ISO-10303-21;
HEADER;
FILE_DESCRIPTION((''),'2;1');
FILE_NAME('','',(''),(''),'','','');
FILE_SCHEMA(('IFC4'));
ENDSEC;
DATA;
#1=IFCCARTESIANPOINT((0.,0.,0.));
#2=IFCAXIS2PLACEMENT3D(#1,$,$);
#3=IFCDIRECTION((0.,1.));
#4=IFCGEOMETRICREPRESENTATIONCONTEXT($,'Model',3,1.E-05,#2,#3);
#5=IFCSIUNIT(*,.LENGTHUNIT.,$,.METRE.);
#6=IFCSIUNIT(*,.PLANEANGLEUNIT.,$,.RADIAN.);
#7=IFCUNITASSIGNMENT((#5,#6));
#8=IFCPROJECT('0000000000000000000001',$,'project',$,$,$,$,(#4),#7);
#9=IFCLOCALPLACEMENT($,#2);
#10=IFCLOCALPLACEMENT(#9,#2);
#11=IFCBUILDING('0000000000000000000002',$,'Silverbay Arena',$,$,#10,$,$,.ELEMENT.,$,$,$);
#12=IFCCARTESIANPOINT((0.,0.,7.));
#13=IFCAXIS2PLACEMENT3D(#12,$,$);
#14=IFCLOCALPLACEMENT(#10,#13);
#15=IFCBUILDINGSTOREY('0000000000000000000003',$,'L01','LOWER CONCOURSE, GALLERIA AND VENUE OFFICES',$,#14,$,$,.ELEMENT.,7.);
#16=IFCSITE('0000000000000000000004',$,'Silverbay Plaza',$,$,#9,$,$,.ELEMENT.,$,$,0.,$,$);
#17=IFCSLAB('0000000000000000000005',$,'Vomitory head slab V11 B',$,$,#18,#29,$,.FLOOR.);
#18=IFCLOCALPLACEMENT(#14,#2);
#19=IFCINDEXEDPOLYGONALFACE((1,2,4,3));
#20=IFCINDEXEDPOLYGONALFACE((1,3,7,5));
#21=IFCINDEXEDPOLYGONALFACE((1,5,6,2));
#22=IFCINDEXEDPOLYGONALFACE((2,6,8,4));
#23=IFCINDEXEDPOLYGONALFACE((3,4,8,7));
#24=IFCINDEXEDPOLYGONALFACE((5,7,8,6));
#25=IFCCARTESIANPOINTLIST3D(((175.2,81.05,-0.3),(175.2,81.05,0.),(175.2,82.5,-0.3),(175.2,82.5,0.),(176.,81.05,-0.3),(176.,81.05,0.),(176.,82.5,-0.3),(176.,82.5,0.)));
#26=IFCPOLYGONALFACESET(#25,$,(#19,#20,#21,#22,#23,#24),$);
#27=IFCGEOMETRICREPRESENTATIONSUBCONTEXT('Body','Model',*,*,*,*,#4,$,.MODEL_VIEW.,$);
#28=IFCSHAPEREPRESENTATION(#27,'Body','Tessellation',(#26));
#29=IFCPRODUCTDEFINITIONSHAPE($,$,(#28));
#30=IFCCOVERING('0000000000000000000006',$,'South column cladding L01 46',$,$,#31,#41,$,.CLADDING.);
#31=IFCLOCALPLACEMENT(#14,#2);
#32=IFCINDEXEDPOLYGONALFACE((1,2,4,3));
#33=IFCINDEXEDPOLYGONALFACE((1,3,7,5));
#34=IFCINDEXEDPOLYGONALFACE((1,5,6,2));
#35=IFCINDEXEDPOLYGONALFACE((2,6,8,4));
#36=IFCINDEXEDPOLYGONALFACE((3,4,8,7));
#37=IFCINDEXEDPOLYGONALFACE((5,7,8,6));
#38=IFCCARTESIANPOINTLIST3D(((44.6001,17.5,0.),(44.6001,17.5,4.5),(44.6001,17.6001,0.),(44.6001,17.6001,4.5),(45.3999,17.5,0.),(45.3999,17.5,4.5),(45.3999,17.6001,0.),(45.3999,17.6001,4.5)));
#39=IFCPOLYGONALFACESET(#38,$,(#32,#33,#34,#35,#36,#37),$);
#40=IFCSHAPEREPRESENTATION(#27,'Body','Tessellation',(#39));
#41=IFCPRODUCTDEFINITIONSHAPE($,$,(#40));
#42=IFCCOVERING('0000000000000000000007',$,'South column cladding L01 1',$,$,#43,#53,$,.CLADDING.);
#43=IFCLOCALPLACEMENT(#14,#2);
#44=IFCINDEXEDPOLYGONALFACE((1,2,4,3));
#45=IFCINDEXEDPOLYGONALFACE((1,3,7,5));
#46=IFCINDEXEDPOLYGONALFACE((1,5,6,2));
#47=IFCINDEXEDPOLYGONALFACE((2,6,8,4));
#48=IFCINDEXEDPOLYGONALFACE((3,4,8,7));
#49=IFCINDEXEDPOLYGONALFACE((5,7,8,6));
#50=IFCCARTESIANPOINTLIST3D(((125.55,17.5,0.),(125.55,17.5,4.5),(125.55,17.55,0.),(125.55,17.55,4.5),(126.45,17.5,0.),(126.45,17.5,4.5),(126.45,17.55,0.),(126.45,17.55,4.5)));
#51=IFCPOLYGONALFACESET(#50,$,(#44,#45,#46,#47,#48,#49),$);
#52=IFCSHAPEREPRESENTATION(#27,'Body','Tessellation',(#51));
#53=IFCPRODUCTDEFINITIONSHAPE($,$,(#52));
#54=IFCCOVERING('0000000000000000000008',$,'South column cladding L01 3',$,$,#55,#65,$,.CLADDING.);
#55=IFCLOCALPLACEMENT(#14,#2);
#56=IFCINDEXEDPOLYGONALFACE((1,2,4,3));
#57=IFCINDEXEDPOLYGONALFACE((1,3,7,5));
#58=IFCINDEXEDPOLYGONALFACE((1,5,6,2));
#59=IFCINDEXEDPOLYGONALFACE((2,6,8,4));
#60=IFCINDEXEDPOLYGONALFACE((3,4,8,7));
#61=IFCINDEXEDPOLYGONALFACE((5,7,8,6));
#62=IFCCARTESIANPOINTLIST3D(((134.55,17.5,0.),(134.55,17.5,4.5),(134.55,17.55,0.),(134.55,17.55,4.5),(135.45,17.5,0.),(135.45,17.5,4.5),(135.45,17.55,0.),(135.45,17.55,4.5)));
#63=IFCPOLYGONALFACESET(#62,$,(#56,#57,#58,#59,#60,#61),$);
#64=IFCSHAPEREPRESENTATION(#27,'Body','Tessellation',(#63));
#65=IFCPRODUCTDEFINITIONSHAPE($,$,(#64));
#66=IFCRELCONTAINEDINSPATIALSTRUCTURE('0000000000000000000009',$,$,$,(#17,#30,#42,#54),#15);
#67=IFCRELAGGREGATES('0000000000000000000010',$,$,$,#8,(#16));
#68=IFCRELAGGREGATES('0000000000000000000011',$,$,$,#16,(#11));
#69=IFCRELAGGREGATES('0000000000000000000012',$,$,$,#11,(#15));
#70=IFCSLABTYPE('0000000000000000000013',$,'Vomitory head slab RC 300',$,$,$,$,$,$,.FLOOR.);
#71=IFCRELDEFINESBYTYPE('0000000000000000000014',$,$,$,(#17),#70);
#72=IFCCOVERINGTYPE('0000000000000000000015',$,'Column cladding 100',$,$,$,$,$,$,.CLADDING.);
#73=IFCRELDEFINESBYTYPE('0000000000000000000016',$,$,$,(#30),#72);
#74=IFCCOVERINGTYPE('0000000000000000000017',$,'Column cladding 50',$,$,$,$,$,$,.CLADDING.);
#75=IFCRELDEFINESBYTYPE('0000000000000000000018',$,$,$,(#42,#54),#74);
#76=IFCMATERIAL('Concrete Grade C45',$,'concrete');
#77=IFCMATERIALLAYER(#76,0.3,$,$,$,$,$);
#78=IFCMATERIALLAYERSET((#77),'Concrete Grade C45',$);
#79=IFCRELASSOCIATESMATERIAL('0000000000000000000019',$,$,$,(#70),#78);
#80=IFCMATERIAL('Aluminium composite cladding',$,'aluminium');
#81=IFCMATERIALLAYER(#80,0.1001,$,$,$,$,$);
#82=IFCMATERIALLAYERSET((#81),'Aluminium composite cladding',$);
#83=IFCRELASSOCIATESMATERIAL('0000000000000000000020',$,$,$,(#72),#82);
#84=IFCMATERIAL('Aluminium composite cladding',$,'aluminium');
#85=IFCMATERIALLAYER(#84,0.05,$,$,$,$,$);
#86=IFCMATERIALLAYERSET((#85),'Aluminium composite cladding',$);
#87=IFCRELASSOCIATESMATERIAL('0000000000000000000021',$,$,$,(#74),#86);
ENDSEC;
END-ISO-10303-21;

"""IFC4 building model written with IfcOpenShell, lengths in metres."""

from ifc_helpers import new_model, si_unit, direction, frame, origin, place, context, subcontext, project, spatial, polyline, outline, extrude, material, layer, layer_set, type_object, element, save


model = new_model("IFC4")

# Units and contexts
model_context = context("Model", 3, precision=1e-05, world=origin(), true_north=direction((0.0, 1.0)))
body_context = subcontext(model_context, "Body", "Model", "MODEL_VIEW")
ifc_project = project(units=[si_unit("LENGTHUNIT", "METRE"), si_unit("PLANEANGLEUNIT", "RADIAN")], contexts=[model_context])

# Site, building, storey
site_placement = place(None, origin())
site = spatial("IfcSite", under=ifc_project, at=site_placement, Name="Silverbay Plaza", CompositionType="ELEMENT", RefElevation=0.0)
building_placement = place(site_placement, origin())
building = spatial("IfcBuilding", under=site, at=building_placement, Name="Silverbay Arena", CompositionType="ELEMENT")
storey_placement = place(building_placement, frame((0.0, 0.0, 7.0)))
storey = spatial("IfcBuildingStorey", under=building, at=storey_placement, Name="L01", Description="LOWER CONCOURSE, GALLERIA AND VENUE OFFICES", CompositionType="ELEMENT", Elevation=7.0)

# Slab
ifc_material_1 = material(Name="Concrete Grade C45", Category="concrete")
ifc_layer_1 = layer(ifc_material_1, 0.3)
ifc_layer_set_1 = layer_set([ifc_layer_1], Name="Concrete Grade C45")
slab_type_1 = type_object("IfcSlabType", Name="Vomitory head slab RC 300", PredefinedType="FLOOR", material=ifc_layer_set_1)
slab_1_placement = place(storey_placement, frame((0.0, 0.0, -0.3)))
element("IfcSlab", 1, at=slab_1_placement, inside=storey, type_object=slab_type_1, Name="Vomitory head slab V11 B", PredefinedType="FLOOR", context=body_context, shape_type="SweptSolid", body=[
    extrude(outline(polyline([(175.2, 81.05), (176.0, 81.05), (176.0, 82.5), (175.2, 82.5), (175.2, 81.05)])), origin(), (0.0, 0.0, 1.0), 0.3),
])

# Coverings
ifc_material_2 = material(Name="Aluminium composite cladding", Category="aluminium")
ifc_layer_2 = layer(ifc_material_2, 0.1001)
ifc_layer_set_2 = layer_set([ifc_layer_2], Name="Aluminium composite cladding")
covering_type_1 = type_object("IfcCoveringType", Name="Column cladding 100", PredefinedType="CLADDING", material=ifc_layer_set_2)
covering_1_placement = place(storey_placement, origin())
element("IfcCovering", 2, at=covering_1_placement, inside=storey, type_object=covering_type_1, Name="South column cladding L01 46", PredefinedType="CLADDING", context=body_context, shape_type="SweptSolid", body=[
    extrude(outline(polyline([(44.6001, 17.5), (45.3999, 17.5), (45.3999, 17.6001), (44.6001, 17.6001), (44.6001, 17.5)])), origin(), (0.0, 0.0, 1.0), 4.5),
])
ifc_material_3 = material(Name="Aluminium composite cladding", Category="aluminium")
ifc_layer_3 = layer(ifc_material_3, 0.05)
ifc_layer_set_3 = layer_set([ifc_layer_3], Name="Aluminium composite cladding")
covering_type_2 = type_object("IfcCoveringType", Name="Column cladding 50", PredefinedType="CLADDING", material=ifc_layer_set_3)
covering_2_placement = place(storey_placement, origin())
element("IfcCovering", 3, at=covering_2_placement, inside=storey, type_object=covering_type_2, Name="South column cladding L01 1", PredefinedType="CLADDING", context=body_context, shape_type="SweptSolid", body=[
    extrude(outline(polyline([(125.55, 17.5), (126.45, 17.5), (126.45, 17.55), (125.55, 17.55), (125.55, 17.5)])), origin(), (0.0, 0.0, 1.0), 4.5),
])
covering_3_placement = place(storey_placement, origin())
element("IfcCovering", 4, at=covering_3_placement, inside=storey, type_object=covering_type_2, Name="South column cladding L01 3", PredefinedType="CLADDING", context=body_context, shape_type="SweptSolid", body=[
    extrude(outline(polyline([(134.55, 17.5), (135.45, 17.5), (135.45, 17.55), (134.55, 17.55), (134.55, 17.5)])), origin(), (0.0, 0.0, 1.0), 4.5),
])

save(model, "model.ifc")
